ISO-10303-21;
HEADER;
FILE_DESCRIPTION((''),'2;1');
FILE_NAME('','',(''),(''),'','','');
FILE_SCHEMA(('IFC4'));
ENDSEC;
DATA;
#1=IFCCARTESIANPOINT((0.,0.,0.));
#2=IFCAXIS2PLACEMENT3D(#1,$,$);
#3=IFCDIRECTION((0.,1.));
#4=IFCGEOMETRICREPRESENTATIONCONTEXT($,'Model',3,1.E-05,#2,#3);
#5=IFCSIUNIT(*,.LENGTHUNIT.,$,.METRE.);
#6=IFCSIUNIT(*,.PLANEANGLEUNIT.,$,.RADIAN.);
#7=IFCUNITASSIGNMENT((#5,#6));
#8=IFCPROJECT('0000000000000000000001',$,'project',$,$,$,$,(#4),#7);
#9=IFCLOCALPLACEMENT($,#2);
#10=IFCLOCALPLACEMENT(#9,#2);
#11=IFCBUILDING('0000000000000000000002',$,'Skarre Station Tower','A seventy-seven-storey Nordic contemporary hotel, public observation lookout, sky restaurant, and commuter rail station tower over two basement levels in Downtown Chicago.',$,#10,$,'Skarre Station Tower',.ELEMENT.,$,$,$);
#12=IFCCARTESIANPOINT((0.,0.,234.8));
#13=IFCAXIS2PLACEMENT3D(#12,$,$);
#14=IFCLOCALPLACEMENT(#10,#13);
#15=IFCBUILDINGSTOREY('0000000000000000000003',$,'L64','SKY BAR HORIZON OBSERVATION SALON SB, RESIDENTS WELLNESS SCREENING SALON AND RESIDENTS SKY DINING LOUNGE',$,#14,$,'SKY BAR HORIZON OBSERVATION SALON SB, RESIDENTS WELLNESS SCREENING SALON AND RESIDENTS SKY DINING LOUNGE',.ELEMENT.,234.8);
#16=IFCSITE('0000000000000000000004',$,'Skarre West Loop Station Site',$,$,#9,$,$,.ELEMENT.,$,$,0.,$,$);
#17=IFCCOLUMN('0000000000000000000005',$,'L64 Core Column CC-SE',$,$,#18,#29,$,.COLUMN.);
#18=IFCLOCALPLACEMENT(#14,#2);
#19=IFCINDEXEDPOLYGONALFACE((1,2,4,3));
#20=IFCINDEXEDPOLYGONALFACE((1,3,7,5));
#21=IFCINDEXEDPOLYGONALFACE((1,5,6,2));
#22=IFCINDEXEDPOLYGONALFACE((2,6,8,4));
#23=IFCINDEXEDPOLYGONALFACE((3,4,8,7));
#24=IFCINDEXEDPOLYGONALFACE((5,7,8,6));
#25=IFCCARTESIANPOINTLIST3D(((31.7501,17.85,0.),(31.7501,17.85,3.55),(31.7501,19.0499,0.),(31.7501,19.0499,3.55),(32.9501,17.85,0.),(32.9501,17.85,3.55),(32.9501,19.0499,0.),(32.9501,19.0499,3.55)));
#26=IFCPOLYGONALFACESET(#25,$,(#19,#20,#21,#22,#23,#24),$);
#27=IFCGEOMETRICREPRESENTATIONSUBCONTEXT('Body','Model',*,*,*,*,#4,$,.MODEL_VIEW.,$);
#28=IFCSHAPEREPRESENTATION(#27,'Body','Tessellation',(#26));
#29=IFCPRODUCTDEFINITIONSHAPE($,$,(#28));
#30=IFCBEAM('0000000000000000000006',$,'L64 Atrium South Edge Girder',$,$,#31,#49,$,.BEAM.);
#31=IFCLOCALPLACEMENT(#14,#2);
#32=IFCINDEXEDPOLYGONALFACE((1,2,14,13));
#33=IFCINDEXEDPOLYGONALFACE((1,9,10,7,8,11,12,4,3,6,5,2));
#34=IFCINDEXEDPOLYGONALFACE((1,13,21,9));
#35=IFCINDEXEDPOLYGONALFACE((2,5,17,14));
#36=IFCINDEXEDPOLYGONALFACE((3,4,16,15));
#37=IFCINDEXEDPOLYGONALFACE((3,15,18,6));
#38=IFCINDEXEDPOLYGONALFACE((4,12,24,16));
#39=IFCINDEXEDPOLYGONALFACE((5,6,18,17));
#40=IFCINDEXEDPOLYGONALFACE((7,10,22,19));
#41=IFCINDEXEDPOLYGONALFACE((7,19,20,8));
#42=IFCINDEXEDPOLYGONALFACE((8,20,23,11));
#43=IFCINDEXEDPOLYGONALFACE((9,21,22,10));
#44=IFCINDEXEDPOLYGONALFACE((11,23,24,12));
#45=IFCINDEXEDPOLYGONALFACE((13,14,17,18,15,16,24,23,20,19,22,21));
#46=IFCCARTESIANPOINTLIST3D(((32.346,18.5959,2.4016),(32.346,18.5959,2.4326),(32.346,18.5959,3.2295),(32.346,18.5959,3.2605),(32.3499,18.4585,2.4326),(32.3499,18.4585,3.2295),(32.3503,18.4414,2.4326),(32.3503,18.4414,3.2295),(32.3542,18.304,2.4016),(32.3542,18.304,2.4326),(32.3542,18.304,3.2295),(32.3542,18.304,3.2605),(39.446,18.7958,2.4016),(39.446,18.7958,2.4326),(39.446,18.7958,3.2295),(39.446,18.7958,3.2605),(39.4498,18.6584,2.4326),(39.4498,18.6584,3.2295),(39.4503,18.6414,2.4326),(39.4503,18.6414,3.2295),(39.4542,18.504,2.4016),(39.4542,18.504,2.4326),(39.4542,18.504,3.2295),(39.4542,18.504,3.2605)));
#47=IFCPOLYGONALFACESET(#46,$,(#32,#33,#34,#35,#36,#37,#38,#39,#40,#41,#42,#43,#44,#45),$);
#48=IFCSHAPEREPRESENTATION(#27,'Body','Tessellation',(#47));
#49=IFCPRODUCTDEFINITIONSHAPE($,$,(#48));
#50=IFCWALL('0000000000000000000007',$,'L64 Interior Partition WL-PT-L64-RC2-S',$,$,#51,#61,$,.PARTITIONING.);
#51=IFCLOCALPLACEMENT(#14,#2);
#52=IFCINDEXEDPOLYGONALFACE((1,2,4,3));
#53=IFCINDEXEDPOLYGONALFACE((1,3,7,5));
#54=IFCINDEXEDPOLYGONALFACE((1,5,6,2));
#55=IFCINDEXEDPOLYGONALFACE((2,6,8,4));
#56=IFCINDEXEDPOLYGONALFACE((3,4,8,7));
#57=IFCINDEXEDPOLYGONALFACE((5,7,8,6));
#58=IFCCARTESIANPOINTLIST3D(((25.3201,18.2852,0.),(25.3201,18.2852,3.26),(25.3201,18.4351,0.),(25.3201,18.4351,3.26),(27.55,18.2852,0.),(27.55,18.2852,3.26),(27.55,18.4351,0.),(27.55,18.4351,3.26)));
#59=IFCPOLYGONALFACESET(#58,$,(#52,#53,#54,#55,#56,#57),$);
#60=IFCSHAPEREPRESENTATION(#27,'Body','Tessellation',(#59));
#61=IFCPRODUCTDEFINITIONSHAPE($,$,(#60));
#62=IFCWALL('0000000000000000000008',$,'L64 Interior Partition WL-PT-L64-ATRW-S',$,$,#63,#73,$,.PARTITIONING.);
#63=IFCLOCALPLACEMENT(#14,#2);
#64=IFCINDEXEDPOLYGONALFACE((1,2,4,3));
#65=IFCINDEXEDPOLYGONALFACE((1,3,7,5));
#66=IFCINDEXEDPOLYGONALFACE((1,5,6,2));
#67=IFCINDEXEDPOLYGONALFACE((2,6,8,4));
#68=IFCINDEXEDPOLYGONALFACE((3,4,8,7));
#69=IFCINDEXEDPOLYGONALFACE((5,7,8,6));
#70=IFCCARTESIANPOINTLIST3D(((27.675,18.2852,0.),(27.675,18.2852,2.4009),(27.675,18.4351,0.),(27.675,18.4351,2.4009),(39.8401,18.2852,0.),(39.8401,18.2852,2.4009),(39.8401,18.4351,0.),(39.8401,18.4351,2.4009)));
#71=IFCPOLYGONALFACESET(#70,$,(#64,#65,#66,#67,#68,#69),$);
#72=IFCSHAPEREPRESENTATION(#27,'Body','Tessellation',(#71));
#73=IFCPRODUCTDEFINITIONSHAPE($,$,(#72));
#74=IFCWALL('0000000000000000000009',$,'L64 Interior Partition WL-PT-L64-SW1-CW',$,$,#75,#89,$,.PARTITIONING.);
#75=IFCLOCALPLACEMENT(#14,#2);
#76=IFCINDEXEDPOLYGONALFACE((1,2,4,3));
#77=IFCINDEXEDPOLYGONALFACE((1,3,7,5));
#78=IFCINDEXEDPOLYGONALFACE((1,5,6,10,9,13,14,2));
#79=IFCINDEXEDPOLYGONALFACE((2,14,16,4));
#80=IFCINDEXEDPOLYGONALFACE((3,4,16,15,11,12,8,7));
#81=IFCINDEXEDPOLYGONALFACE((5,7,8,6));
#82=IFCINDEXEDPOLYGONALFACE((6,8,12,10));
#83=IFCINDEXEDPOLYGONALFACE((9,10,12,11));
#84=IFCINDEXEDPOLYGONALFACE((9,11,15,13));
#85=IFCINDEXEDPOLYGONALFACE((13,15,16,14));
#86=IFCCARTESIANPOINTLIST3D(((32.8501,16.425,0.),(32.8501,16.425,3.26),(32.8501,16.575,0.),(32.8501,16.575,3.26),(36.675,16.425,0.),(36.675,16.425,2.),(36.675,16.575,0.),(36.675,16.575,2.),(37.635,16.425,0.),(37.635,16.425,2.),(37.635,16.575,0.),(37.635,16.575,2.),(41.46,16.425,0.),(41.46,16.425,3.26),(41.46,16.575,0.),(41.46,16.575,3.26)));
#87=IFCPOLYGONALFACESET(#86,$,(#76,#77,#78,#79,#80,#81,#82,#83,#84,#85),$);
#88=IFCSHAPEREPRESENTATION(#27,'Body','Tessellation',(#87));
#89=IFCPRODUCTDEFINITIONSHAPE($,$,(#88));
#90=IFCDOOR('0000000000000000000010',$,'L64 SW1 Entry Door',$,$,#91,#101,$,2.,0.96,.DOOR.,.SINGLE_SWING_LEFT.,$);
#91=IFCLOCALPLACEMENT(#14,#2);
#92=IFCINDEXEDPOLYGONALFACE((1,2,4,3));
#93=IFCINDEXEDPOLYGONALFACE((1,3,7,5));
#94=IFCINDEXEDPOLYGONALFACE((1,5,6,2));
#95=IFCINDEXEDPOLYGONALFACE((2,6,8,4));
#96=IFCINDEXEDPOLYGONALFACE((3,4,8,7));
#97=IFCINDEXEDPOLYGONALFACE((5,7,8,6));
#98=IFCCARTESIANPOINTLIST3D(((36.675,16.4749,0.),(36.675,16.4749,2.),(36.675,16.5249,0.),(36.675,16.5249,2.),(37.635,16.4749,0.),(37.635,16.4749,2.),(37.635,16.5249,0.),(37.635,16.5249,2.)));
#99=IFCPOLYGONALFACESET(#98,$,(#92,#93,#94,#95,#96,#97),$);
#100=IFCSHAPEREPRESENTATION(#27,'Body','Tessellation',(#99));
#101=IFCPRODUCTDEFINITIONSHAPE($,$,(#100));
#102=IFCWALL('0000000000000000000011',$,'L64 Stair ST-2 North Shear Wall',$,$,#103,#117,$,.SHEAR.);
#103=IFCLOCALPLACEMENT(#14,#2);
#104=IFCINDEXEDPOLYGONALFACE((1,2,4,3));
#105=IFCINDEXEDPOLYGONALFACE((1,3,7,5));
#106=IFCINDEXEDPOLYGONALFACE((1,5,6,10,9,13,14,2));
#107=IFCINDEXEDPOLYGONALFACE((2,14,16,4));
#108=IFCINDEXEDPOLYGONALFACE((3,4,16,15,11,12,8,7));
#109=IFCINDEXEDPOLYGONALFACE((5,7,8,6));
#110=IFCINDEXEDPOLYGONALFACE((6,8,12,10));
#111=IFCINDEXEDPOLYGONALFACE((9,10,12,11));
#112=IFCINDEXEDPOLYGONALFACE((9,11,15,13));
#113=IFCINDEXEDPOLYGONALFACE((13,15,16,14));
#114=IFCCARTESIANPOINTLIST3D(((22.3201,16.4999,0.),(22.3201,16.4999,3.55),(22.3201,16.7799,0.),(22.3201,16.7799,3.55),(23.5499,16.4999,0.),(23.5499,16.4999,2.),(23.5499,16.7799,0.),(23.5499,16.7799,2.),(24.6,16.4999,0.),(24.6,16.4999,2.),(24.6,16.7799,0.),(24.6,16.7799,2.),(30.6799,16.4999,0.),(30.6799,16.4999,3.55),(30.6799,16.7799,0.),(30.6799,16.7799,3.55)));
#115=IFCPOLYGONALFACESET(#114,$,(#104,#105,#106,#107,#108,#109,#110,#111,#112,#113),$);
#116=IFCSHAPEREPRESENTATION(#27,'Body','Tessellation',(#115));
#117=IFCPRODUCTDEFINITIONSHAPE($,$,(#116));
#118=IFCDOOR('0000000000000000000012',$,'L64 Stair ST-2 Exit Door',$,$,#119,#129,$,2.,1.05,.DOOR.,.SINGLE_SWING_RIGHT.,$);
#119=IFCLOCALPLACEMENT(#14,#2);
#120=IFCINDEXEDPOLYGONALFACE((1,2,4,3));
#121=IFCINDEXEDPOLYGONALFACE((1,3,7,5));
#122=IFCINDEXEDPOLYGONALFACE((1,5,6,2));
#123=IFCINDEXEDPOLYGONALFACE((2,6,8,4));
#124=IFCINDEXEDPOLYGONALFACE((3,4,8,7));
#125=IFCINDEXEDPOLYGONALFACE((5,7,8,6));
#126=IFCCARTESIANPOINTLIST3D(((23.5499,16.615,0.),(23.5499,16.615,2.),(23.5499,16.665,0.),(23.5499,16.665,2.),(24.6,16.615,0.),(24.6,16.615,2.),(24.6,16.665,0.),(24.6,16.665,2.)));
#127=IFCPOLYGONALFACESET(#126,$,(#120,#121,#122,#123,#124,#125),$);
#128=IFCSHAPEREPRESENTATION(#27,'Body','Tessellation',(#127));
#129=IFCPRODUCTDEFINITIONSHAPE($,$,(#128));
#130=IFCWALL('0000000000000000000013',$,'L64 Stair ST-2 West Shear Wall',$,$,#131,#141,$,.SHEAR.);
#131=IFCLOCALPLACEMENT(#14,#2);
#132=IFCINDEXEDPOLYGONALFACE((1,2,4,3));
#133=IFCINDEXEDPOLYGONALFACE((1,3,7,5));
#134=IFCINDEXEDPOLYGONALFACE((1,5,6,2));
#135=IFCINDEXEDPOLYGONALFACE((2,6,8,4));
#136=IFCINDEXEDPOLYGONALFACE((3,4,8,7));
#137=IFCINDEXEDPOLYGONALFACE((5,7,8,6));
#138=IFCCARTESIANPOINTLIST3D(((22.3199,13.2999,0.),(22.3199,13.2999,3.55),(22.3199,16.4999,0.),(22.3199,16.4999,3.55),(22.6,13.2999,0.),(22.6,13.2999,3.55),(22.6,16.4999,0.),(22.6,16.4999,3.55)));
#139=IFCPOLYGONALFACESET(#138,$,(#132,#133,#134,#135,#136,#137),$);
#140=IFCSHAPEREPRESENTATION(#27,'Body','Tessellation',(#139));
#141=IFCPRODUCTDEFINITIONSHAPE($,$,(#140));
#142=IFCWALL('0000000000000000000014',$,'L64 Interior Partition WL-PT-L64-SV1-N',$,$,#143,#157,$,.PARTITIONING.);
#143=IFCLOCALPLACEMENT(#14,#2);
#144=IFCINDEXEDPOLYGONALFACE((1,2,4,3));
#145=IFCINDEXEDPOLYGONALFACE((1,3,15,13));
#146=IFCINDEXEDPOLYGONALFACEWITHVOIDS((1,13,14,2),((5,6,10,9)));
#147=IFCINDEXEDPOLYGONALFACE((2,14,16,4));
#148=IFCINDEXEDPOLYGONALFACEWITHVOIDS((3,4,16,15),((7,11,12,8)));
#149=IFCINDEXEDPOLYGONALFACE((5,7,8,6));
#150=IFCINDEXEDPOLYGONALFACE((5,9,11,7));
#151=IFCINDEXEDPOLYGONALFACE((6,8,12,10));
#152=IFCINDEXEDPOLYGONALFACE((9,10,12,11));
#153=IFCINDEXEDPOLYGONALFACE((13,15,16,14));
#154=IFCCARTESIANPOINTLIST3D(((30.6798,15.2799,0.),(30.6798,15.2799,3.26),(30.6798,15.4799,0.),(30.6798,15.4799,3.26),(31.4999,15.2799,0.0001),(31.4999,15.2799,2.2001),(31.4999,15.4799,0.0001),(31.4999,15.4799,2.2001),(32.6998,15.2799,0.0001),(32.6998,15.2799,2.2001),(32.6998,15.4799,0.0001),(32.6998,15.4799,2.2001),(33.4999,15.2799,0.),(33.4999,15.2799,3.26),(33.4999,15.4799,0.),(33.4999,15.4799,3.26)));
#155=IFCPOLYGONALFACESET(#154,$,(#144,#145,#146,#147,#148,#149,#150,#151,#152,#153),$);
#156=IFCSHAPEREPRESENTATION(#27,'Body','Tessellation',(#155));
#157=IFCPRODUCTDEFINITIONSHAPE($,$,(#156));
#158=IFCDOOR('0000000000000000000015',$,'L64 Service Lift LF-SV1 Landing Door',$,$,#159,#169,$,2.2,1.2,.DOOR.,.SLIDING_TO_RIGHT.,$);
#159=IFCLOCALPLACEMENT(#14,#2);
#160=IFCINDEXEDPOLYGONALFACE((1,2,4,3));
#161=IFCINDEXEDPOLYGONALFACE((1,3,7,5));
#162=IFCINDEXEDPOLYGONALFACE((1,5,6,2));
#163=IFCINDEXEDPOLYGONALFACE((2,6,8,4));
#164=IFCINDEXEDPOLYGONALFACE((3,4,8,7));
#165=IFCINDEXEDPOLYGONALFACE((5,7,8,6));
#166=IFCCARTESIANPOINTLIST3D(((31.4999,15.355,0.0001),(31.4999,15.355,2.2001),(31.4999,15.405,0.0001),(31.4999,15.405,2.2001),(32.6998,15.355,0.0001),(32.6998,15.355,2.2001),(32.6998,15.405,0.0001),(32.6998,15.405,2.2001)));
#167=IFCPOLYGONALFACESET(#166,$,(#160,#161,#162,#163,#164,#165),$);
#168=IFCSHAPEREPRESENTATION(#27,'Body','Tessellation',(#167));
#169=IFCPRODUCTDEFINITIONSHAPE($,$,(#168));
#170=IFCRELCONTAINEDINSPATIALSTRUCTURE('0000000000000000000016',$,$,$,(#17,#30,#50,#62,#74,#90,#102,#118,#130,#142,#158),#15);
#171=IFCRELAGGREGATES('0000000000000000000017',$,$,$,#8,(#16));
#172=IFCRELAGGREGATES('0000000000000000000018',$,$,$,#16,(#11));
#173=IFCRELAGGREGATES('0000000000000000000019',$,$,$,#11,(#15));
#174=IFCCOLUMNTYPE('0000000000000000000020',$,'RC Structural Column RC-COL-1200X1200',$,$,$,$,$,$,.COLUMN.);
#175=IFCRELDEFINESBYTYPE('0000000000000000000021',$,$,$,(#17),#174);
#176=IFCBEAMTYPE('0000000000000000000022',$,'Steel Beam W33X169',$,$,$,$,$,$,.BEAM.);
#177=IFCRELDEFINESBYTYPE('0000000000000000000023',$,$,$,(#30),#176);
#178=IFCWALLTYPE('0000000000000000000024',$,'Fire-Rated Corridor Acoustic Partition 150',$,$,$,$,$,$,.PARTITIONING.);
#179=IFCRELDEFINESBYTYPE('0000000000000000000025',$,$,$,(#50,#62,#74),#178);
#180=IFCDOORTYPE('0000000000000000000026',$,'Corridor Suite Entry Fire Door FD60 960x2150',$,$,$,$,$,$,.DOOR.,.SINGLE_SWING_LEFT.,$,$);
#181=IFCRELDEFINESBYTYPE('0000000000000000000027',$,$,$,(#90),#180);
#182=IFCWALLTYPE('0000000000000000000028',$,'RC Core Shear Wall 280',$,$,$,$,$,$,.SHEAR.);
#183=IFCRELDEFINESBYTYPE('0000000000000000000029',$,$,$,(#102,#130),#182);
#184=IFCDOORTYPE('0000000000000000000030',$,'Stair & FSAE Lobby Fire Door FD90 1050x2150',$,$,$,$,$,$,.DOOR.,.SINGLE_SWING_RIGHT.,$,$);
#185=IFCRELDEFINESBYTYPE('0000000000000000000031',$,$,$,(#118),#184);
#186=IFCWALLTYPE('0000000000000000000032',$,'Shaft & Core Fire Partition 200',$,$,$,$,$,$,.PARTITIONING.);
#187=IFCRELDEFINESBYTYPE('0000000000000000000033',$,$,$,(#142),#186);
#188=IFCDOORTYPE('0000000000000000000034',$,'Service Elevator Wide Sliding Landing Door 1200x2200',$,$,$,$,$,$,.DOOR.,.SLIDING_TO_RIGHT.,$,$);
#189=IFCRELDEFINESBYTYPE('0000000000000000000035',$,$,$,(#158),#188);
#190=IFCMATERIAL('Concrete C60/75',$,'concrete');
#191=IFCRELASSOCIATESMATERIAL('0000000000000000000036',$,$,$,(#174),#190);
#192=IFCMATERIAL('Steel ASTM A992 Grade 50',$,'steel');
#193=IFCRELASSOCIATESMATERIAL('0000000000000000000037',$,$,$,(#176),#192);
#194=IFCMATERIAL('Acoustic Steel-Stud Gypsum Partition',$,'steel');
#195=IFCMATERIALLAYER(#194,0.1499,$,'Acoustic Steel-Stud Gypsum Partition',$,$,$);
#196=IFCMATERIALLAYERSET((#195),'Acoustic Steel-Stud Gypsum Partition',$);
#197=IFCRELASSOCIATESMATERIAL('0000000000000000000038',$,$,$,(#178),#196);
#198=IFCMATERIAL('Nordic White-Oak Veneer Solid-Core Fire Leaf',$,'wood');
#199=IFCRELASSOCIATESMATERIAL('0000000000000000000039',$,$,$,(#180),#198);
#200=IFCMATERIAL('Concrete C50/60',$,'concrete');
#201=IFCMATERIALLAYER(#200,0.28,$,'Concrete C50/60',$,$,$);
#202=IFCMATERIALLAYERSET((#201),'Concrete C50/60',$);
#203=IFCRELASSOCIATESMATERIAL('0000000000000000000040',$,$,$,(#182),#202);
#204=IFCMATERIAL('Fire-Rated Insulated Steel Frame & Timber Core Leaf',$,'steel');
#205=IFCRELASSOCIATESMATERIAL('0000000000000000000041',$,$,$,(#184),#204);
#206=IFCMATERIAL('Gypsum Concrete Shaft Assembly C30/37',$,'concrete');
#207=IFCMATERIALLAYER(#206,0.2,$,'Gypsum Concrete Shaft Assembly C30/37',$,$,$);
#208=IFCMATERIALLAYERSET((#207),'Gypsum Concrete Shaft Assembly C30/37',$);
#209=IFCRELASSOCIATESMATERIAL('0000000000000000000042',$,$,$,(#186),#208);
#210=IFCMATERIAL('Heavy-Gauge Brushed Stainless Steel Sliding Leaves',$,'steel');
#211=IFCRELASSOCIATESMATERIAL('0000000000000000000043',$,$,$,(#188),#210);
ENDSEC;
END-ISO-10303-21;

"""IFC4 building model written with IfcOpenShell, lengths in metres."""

from ifc_helpers import new_model, si_unit, direction, frame, frame_2d, origin, origin_2d, place, context, subcontext, project, spatial, rectangle, i_section, extrude, material, layer, layer_set, material_profile, profile_set, type_object, element, fill, save


model = new_model("IFC4")

# Units and contexts
model_context = context("Model", 3, precision=1e-05, world=origin(), true_north=direction((0.0, 1.0)))
body_context = subcontext(model_context, "Body", "Model", "MODEL_VIEW")
ifc_project = project(units=[si_unit("LENGTHUNIT", "METRE"), si_unit("PLANEANGLEUNIT", "RADIAN")], contexts=[model_context])

# Site, building, storey
site_placement = place(None, origin())
site = spatial("IfcSite", under=ifc_project, at=site_placement, Name="Skarre West Loop Station Site", CompositionType="ELEMENT", RefElevation=0.0)
building_placement = place(site_placement, origin())
building = spatial("IfcBuilding", under=site, at=building_placement, Name="Skarre Station Tower", Description="A seventy-seven-storey Nordic contemporary hotel, public observation lookout, sky restaurant, and commuter rail station tower over two basement levels in Downtown Chicago.", LongName="Skarre Station Tower", CompositionType="ELEMENT")
storey_placement = place(building_placement, frame((0.0, 0.0, 234.8)))
storey = spatial("IfcBuildingStorey", under=building, at=storey_placement, Name="L64", Description="SKY BAR HORIZON OBSERVATION SALON SB, RESIDENTS WELLNESS SCREENING SALON AND RESIDENTS SKY DINING LOUNGE", LongName="SKY BAR HORIZON OBSERVATION SALON SB, RESIDENTS WELLNESS SCREENING SALON AND RESIDENTS SKY DINING LOUNGE", CompositionType="ELEMENT", Elevation=234.8)

# Column
ifc_material_1 = material(Name="Concrete C60/75", Category="concrete")
ifc_material_profile_1 = material_profile(ifc_material_1, rectangle(XDim=1.2, YDim=1.2, at=origin_2d()), Name="Concrete C60/75")
ifc_profile_set_1 = profile_set([ifc_material_profile_1], Name="Concrete C60/75")
column_type = type_object("IfcColumnType", Name="RC Structural Column RC-COL-1200X1200", PredefinedType="COLUMN", material=ifc_profile_set_1)
column_placement = place(storey_placement, frame((32.3501, 18.45, 0.0), z_axis=(0.0, 0.0, 1.0), x_axis=(1.0, 0.0, 0.0)))
element("IfcColumn", 1, at=column_placement, inside=storey, type_object=column_type, Name="L64 Core Column CC-SE", PredefinedType="COLUMN", context=body_context, shape_type="SweptSolid", body=[
    extrude(rectangle(XDim=1.2, YDim=1.2, at=origin_2d()), origin(), (0.0, 0.0, 1.0), 3.55),
])

# Beam
ifc_material_2 = material(Name="Steel ASTM A992 Grade 50", Category="steel")
ifc_material_profile_2 = material_profile(ifc_material_2, i_section(OverallWidth=0.292, OverallDepth=0.8589, WebThickness=0.0171, FlangeThickness=0.031, at=origin_2d()), Name="Steel ASTM A992 Grade 50")
ifc_profile_set_2 = profile_set([ifc_material_profile_2], Name="Steel ASTM A992 Grade 50")
beam_type = type_object("IfcBeamType", Name="Steel Beam W33X169", PredefinedType="BEAM", material=ifc_profile_set_2)
beam_placement = place(storey_placement, frame((32.3501, 18.45, 2.8311), z_axis=(0.999604, 0.028152, 0.0), x_axis=(-0.028152, 0.999604, 0.0)))
element("IfcBeam", 2, at=beam_placement, inside=storey, type_object=beam_type, Name="L64 Atrium South Edge Girder", PredefinedType="BEAM", context=body_context, shape_type="SweptSolid", body=[
    extrude(i_section(OverallWidth=0.292, OverallDepth=0.8589, WebThickness=0.0171, FlangeThickness=0.031, at=origin_2d()), origin(), (0.0, 0.0, 1.0), 7.1028),
])

# Walls
ifc_material_3 = material(Name="Acoustic Steel-Stud Gypsum Partition", Category="steel")
ifc_layer_1 = layer(ifc_material_3, 0.1499, Name="Acoustic Steel-Stud Gypsum Partition")
ifc_layer_set_1 = layer_set([ifc_layer_1], Name="Acoustic Steel-Stud Gypsum Partition")
wall_type_1 = type_object("IfcWallType", Name="Fire-Rated Corridor Acoustic Partition 150", PredefinedType="PARTITIONING", material=ifc_layer_set_1)
wall_1_placement = place(storey_placement, frame((25.3201, 18.3601, 0.0), z_axis=(0.0, 0.0, 1.0), x_axis=(1.0, 0.0, 0.0)))
element("IfcWall", 3, at=wall_1_placement, inside=storey, type_object=wall_type_1, Name="L64 Interior Partition WL-PT-L64-RC2-S", PredefinedType="PARTITIONING", context=body_context, shape_type="SweptSolid", body=[
    extrude(rectangle(XDim=2.23, YDim=0.1499, at=frame_2d((1.115, 0.0))), origin(), (0.0, 0.0, 1.0), 3.26),
])
wall_2_placement = place(storey_placement, frame((27.675, 18.3601, 0.0), z_axis=(0.0, 0.0, 1.0), x_axis=(1.0, 0.0, 0.0)))
element("IfcWall", 4, at=wall_2_placement, inside=storey, type_object=wall_type_1, Name="L64 Interior Partition WL-PT-L64-ATRW-S", PredefinedType="PARTITIONING", context=body_context, shape_type="SweptSolid", body=[
    extrude(rectangle(XDim=12.165, YDim=0.1499, at=frame_2d((6.0825, 0.0))), origin(), (0.0, 0.0, 1.0), 2.4009),
])

# Walls, openings, doors
wall_3_placement = place(storey_placement, frame((32.8501, 16.5, 0.0), z_axis=(0.0, 0.0, 1.0), x_axis=(1.0, 0.0, 0.0)))
wall_3 = element("IfcWall", 5, at=wall_3_placement, inside=storey, type_object=wall_type_1, Name="L64 Interior Partition WL-PT-L64-SW1-CW", PredefinedType="PARTITIONING", context=body_context, shape_type="SweptSolid", body=[
    extrude(rectangle(XDim=8.6099, YDim=0.1499, at=frame_2d((4.3049, 0.0))), origin(), (0.0, 0.0, 1.0), 3.26),
])
opening_1_placement = place(wall_3_placement, frame((3.825, 0.0, 0.0)))
opening_1 = element("IfcOpeningElement", 6, at=opening_1_placement, cuts=wall_3, PredefinedType="OPENING", context=body_context, shape_type="SweptSolid", body=[
    extrude(rectangle(XDim=0.96, YDim=2.0, at=frame_2d((0.48, 1.0))), frame((0.0, 0.085, 0.0), z_axis=(0.0, -1.0, 0.0), x_axis=(1.0, 0.0, 0.0)), (0.0, 0.0, 1.0), 0.1699),
])
ifc_material_4 = material(Name="Nordic White-Oak Veneer Solid-Core Fire Leaf", Category="wood")
door_type_1 = type_object("IfcDoorType", Name="Corridor Suite Entry Fire Door FD60 960x2150", OperationType="SINGLE_SWING_LEFT", PredefinedType="DOOR", material=ifc_material_4)
door_1_placement = place(opening_1_placement, origin())
door_1 = element("IfcDoor", 7, at=door_1_placement, inside=storey, type_object=door_type_1, Name="L64 SW1 Entry Door", OperationType="SINGLE_SWING_LEFT", OverallHeight=2.0, OverallWidth=0.96, PredefinedType="DOOR", context=body_context, shape_type="SweptSolid", body=[
    extrude(rectangle(XDim=0.96, YDim=2.0, at=frame_2d((0.48, 1.0))), frame((0.0, 0.0249, 0.0), z_axis=(0.0, -1.0, 0.0), x_axis=(1.0, 0.0, 0.0)), (0.0, 0.0, 1.0), 0.05),
])
fill(opening_1, door_1)
ifc_material_5 = material(Name="Concrete C50/60", Category="concrete")
ifc_layer_2 = layer(ifc_material_5, 0.28, Name="Concrete C50/60")
ifc_layer_set_2 = layer_set([ifc_layer_2], Name="Concrete C50/60")
wall_type_2 = type_object("IfcWallType", Name="RC Core Shear Wall 280", PredefinedType="SHEAR", material=ifc_layer_set_2)
wall_4_placement = place(storey_placement, frame((30.6799, 16.6399, 0.0), z_axis=(0.0, 0.0, 1.0), x_axis=(-1.0, 0.0, 0.0)))
wall_4 = element("IfcWall", 8, at=wall_4_placement, inside=storey, type_object=wall_type_2, Name="L64 Stair ST-2 North Shear Wall", PredefinedType="SHEAR", context=body_context, shape_type="SweptSolid", body=[
    extrude(rectangle(XDim=8.3599, YDim=0.28, at=frame_2d((4.1799, 0.0))), origin(), (0.0, 0.0, 1.0), 3.55),
])
opening_2_placement = place(wall_4_placement, frame((6.0801, 0.0, 0.0)))
opening_2 = element("IfcOpeningElement", 9, at=opening_2_placement, cuts=wall_4, PredefinedType="OPENING", context=body_context, shape_type="SweptSolid", body=[
    extrude(rectangle(XDim=1.05, YDim=2.0, at=frame_2d((0.5249, 1.0))), frame((0.0, 0.1499, 0.0), z_axis=(0.0, -1.0, 0.0), x_axis=(1.0, 0.0, 0.0)), (0.0, 0.0, 1.0), 0.3),
])
ifc_material_6 = material(Name="Fire-Rated Insulated Steel Frame & Timber Core Leaf", Category="steel")
door_type_2 = type_object("IfcDoorType", Name="Stair & FSAE Lobby Fire Door FD90 1050x2150", OperationType="SINGLE_SWING_RIGHT", PredefinedType="DOOR", material=ifc_material_6)
door_2_placement = place(opening_2_placement, origin())
door_2 = element("IfcDoor", 10, at=door_2_placement, inside=storey, type_object=door_type_2, Name="L64 Stair ST-2 Exit Door", OperationType="SINGLE_SWING_RIGHT", OverallHeight=2.0, OverallWidth=1.05, PredefinedType="DOOR", context=body_context, shape_type="SweptSolid", body=[
    extrude(rectangle(XDim=1.05, YDim=2.0, at=frame_2d((0.5249, 1.0))), frame((0.0, 0.0249, 0.0), z_axis=(0.0, -1.0, 0.0), x_axis=(1.0, 0.0, 0.0)), (0.0, 0.0, 1.0), 0.05),
])
fill(opening_2, door_2)

# Wall
wall_5_placement = place(storey_placement, frame((22.46, 16.5, 0.0), z_axis=(0.0, 0.0, 1.0), x_axis=(0.0, -1.0, 0.0)))
element("IfcWall", 11, at=wall_5_placement, inside=storey, type_object=wall_type_2, Name="L64 Stair ST-2 West Shear Wall", PredefinedType="SHEAR", context=body_context, shape_type="SweptSolid", body=[
    extrude(rectangle(XDim=3.2, YDim=0.28, at=frame_2d((1.6001, 0.0))), origin(), (0.0, 0.0, 1.0), 3.55),
])

# Wall, opening, door
ifc_material_7 = material(Name="Gypsum Concrete Shaft Assembly C30/37", Category="concrete")
ifc_layer_3 = layer(ifc_material_7, 0.2, Name="Gypsum Concrete Shaft Assembly C30/37")
ifc_layer_set_3 = layer_set([ifc_layer_3], Name="Gypsum Concrete Shaft Assembly C30/37")
wall_type_3 = type_object("IfcWallType", Name="Shaft & Core Fire Partition 200", PredefinedType="PARTITIONING", material=ifc_layer_set_3)
wall_6_placement = place(storey_placement, frame((33.5, 15.3799, 0.0), z_axis=(0.0, 0.0, 1.0), x_axis=(-1.0, 0.0, 0.0)))
wall_6 = element("IfcWall", 12, at=wall_6_placement, inside=storey, type_object=wall_type_3, Name="L64 Interior Partition WL-PT-L64-SV1-N", PredefinedType="PARTITIONING", context=body_context, shape_type="SweptSolid", body=[
    extrude(rectangle(XDim=2.8201, YDim=0.2, at=frame_2d((1.4102, 0.0))), origin(), (0.0, 0.0, 1.0), 3.26),
])
opening_3_placement = place(wall_6_placement, frame((0.8, 0.0, 0.0)))
opening_3 = element("IfcOpeningElement", 13, at=opening_3_placement, cuts=wall_6, PredefinedType="OPENING", context=body_context, shape_type="SweptSolid", body=[
    extrude(rectangle(XDim=1.2, YDim=2.2, at=frame_2d((0.6001, 1.1001))), frame((0.0, 0.1099, 0.0), z_axis=(0.0, -1.0, 0.0), x_axis=(1.0, 0.0, 0.0)), (0.0, 0.0, 1.0), 0.22),
])
ifc_material_8 = material(Name="Heavy-Gauge Brushed Stainless Steel Sliding Leaves", Category="steel")
door_type_3 = type_object("IfcDoorType", Name="Service Elevator Wide Sliding Landing Door 1200x2200", OperationType="SLIDING_TO_RIGHT", PredefinedType="DOOR", material=ifc_material_8)
door_3_placement = place(opening_3_placement, origin())
door_3 = element("IfcDoor", 14, at=door_3_placement, inside=storey, type_object=door_type_3, Name="L64 Service Lift LF-SV1 Landing Door", OperationType="SLIDING_TO_RIGHT", OverallHeight=2.2, OverallWidth=1.2, PredefinedType="DOOR", context=body_context, shape_type="SweptSolid", body=[
    extrude(rectangle(XDim=1.2, YDim=2.2, at=frame_2d((0.6001, 1.1001))), frame((0.0, 0.0249, 0.0), z_axis=(0.0, -1.0, 0.0), x_axis=(1.0, 0.0, 0.0)), (0.0, 0.0, 1.0), 0.05),
])
fill(opening_3, door_3)

save(model, "model.ifc")
